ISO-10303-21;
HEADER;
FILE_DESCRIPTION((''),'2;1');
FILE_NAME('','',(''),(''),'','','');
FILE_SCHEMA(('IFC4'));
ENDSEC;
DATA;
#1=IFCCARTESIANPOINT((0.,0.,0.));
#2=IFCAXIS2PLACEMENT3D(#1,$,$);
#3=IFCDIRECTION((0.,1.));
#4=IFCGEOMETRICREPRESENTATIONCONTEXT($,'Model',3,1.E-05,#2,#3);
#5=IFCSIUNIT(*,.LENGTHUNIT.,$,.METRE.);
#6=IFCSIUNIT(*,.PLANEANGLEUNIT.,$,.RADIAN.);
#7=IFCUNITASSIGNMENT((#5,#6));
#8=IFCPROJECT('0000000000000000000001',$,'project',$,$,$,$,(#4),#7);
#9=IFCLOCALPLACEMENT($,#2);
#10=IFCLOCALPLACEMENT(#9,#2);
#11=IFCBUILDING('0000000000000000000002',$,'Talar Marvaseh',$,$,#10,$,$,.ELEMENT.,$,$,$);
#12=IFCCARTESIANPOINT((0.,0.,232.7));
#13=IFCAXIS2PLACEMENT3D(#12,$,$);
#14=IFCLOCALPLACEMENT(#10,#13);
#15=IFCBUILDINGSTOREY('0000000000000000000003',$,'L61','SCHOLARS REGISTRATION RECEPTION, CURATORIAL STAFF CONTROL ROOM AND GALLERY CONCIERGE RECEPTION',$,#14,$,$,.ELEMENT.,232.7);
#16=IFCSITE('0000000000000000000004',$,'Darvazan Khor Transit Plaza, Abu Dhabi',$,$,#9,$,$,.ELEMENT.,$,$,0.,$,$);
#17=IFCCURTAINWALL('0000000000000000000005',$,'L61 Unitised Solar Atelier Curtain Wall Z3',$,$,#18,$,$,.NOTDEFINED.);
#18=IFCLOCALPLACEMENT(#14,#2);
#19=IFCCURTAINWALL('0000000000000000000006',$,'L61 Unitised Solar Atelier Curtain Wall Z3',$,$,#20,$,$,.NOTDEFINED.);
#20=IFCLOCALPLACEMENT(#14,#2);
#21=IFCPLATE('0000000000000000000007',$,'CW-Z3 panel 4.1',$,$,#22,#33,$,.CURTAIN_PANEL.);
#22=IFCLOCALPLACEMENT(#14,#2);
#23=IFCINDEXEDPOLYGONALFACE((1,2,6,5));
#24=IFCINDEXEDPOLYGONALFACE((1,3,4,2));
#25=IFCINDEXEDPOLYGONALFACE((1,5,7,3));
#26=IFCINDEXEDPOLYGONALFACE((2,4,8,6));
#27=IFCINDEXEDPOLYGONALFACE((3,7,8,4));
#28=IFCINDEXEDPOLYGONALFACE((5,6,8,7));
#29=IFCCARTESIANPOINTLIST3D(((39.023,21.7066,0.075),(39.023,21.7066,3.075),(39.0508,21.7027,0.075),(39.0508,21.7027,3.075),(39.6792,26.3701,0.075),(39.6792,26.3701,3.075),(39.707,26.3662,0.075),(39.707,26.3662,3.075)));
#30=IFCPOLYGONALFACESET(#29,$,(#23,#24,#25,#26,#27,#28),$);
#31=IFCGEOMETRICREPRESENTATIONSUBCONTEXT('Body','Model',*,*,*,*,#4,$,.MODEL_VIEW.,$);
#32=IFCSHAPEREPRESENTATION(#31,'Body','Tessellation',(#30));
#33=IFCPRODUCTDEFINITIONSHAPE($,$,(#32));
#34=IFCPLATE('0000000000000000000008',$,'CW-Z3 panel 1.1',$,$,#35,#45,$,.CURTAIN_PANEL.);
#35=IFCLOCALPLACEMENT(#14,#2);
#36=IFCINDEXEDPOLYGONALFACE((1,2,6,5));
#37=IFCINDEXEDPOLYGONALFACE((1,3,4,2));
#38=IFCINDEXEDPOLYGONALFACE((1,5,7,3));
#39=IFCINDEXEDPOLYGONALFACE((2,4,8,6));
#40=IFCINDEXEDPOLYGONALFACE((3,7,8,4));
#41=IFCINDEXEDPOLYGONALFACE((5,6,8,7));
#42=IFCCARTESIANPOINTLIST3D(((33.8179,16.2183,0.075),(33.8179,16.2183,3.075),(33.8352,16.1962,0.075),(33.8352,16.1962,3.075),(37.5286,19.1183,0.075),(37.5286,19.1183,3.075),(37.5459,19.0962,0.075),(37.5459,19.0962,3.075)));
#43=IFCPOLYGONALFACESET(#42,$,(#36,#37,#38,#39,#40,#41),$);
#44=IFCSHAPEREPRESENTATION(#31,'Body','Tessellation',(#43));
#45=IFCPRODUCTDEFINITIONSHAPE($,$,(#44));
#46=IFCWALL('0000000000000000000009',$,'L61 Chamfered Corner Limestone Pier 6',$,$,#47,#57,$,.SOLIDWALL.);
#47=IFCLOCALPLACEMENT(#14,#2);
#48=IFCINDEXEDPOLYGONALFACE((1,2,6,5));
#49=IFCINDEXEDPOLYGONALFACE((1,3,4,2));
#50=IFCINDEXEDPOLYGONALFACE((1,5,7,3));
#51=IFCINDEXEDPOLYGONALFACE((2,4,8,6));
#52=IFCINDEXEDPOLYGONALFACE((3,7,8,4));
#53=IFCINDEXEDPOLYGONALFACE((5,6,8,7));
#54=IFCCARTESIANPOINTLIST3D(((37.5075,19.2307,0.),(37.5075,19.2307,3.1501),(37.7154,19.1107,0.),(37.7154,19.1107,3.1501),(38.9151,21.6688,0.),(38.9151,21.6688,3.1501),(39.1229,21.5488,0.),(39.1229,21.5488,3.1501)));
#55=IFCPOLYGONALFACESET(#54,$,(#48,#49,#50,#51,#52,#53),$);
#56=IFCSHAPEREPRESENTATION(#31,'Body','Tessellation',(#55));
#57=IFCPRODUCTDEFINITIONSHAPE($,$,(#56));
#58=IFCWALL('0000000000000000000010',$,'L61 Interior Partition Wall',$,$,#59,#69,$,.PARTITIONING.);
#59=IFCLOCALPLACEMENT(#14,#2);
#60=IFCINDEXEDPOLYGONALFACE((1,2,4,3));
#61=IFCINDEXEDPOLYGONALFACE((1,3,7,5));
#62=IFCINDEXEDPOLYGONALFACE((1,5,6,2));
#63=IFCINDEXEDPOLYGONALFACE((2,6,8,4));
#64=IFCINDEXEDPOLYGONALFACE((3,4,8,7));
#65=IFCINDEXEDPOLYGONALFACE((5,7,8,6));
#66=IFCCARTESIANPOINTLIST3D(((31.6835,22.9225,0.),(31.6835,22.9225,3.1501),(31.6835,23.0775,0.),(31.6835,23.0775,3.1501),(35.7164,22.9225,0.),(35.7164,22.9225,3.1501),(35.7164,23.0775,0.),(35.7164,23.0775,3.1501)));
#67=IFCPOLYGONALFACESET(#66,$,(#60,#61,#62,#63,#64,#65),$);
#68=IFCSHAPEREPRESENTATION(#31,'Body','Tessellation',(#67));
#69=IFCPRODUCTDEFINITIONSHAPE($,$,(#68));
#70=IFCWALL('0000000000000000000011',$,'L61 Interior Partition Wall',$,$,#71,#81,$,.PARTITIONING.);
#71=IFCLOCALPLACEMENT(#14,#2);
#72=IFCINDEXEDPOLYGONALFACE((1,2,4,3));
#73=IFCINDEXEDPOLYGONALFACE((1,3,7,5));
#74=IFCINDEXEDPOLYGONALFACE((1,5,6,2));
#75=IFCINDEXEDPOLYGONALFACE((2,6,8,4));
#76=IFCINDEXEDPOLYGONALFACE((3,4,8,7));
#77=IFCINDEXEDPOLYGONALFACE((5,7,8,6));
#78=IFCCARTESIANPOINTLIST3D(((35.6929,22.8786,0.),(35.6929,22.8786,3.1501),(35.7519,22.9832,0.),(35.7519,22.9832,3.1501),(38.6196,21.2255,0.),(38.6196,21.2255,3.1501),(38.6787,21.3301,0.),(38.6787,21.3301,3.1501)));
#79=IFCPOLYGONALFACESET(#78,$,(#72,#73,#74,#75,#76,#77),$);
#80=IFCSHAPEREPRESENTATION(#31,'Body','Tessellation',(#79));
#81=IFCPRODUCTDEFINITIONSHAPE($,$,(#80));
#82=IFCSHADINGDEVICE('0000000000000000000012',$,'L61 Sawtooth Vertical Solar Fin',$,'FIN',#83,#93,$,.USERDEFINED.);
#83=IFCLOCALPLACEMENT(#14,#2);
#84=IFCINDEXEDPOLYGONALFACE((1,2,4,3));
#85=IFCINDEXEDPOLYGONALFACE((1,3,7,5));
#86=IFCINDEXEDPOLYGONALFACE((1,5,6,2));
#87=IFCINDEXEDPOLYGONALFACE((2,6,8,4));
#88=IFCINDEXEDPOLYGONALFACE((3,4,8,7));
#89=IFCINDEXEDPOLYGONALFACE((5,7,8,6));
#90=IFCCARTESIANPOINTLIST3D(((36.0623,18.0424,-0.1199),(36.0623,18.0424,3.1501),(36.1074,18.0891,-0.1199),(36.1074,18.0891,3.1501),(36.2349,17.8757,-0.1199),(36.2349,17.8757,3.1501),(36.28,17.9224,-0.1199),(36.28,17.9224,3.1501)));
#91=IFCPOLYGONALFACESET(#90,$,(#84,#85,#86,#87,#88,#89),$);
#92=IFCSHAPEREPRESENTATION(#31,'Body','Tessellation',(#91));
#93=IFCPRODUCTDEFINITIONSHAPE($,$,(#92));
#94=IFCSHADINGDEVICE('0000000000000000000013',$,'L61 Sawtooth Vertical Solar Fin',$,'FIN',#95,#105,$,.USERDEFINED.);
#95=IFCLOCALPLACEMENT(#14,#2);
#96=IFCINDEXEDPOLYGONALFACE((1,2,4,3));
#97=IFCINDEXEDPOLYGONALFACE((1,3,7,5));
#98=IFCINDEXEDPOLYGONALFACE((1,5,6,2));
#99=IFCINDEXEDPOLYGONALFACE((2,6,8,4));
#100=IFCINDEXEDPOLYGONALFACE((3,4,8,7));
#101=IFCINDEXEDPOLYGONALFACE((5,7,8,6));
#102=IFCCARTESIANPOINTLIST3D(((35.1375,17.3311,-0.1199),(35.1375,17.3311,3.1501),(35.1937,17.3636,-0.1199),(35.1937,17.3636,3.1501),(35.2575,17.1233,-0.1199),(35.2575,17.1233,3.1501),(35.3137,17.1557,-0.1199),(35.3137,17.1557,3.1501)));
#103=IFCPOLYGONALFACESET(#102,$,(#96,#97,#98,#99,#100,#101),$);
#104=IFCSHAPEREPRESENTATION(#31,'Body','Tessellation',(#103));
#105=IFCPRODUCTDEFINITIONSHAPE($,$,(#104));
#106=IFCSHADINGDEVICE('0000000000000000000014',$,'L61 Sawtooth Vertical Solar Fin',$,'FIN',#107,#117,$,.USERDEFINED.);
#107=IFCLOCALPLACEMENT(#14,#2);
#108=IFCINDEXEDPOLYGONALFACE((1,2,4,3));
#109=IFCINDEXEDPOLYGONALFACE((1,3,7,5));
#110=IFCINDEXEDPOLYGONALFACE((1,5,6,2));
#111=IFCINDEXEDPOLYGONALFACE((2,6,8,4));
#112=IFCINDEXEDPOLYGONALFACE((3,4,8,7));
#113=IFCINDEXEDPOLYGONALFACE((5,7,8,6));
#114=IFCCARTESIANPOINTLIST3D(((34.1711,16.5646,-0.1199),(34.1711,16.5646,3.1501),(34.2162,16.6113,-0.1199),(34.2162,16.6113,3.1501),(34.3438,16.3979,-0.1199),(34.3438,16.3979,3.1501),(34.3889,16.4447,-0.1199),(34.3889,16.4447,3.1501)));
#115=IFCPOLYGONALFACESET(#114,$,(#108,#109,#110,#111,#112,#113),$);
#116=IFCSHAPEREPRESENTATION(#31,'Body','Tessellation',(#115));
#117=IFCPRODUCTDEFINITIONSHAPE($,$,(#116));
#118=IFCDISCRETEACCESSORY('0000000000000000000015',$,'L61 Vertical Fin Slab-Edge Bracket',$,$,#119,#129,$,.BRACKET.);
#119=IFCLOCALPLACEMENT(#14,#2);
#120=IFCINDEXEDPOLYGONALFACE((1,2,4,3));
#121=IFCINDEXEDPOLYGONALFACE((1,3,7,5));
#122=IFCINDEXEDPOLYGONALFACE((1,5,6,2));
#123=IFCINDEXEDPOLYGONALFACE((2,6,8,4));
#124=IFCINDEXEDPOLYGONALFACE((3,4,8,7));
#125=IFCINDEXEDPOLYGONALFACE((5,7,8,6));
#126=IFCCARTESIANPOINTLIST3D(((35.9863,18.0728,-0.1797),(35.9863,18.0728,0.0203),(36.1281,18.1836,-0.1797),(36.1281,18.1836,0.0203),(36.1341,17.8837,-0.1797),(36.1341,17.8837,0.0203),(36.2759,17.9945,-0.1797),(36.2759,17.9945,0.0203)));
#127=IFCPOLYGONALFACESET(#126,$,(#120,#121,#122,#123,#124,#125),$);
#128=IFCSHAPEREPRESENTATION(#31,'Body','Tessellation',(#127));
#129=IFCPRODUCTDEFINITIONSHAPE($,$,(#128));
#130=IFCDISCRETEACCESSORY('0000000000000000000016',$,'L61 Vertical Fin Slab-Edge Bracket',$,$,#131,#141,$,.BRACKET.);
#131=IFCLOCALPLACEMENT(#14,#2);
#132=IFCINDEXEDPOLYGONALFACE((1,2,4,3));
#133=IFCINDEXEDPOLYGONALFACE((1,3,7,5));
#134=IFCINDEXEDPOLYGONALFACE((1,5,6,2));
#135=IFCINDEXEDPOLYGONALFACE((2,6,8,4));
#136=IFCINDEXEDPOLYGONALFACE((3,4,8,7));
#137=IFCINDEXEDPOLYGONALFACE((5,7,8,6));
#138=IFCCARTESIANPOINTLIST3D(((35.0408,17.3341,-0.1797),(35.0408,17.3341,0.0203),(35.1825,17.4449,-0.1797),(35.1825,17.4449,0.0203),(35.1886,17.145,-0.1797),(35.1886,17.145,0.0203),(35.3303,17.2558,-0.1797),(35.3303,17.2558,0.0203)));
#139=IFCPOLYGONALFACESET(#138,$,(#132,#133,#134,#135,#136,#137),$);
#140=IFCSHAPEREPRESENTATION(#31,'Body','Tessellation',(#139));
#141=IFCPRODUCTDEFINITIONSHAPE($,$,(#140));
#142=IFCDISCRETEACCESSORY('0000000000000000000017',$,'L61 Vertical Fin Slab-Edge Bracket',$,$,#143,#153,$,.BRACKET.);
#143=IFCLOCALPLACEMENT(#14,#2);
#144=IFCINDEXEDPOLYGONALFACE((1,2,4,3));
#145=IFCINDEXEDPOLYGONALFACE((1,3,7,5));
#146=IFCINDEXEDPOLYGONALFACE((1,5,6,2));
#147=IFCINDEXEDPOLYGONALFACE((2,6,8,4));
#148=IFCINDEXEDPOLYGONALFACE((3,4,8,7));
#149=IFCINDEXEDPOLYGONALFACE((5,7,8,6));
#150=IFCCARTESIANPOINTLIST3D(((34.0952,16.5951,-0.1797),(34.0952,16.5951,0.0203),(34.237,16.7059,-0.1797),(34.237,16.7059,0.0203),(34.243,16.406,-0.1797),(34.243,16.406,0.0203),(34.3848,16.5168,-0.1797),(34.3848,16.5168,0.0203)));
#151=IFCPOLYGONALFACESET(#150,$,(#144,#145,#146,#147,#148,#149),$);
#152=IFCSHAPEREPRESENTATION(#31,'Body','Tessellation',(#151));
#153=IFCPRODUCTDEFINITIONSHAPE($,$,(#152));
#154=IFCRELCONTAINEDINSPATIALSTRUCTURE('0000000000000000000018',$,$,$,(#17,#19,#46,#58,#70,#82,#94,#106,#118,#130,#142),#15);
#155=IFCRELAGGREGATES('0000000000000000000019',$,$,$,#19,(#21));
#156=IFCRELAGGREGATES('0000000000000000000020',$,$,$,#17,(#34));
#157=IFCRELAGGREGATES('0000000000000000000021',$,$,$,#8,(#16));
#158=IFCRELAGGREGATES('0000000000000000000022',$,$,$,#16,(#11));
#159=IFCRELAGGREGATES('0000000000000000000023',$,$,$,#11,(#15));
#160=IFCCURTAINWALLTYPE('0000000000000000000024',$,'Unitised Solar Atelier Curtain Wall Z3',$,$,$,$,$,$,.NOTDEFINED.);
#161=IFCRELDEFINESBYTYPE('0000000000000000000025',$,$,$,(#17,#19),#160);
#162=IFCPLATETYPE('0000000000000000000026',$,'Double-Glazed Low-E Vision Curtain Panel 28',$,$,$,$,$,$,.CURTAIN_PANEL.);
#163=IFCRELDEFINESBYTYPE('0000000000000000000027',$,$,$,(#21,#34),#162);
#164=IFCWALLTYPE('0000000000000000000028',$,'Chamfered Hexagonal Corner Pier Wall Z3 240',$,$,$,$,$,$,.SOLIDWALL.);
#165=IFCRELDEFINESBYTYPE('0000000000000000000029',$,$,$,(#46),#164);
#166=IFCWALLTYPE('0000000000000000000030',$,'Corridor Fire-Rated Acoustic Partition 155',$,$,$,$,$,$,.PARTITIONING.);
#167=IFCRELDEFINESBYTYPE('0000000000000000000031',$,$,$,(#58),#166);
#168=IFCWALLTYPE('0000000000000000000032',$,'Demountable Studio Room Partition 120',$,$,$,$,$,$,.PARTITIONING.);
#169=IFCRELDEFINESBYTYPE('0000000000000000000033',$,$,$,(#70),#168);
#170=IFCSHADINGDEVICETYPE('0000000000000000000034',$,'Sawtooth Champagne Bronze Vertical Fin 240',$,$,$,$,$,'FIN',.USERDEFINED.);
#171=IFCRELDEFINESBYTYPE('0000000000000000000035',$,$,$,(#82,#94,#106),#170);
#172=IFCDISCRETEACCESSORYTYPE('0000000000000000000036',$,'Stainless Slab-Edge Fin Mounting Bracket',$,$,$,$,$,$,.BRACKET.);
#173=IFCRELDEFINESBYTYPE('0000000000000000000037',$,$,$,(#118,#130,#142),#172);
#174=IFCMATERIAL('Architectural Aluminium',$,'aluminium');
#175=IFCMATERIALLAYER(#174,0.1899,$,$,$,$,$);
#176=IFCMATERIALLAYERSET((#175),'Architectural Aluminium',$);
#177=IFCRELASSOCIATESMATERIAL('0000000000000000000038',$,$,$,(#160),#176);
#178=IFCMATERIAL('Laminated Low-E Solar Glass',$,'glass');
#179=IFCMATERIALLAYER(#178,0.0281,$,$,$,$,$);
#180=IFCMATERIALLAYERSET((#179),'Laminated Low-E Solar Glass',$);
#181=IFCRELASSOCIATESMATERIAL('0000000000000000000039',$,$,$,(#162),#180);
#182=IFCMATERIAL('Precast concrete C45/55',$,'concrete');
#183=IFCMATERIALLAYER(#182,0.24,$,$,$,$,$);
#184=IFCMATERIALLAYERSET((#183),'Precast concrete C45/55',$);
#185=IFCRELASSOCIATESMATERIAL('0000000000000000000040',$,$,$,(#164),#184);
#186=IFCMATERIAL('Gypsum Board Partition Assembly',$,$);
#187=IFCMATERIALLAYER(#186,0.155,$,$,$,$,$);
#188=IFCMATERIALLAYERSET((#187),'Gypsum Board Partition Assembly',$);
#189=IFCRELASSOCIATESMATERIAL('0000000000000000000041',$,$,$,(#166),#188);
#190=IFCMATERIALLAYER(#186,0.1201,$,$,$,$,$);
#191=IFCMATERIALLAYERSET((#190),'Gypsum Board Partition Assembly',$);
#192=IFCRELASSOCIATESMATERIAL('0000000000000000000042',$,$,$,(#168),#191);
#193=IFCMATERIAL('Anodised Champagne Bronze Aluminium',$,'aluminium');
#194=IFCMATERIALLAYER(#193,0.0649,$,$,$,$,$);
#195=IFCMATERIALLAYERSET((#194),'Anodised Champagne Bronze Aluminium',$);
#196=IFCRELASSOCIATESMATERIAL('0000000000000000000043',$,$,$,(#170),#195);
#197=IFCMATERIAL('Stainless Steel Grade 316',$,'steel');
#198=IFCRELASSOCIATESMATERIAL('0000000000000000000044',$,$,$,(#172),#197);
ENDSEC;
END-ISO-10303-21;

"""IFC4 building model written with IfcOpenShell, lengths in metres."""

from ifc_helpers import new_model, si_unit, direction, frame, frame_2d, origin, origin_2d, place, context, subcontext, project, spatial, rectangle, extrude, source, transform, mapped, material, layer, layer_set, type_object, type_shapes, element, aggregate, save


model = new_model("IFC4")

# Units and contexts
model_context = context("Model", 3, precision=1e-05, world=origin(), true_north=direction((0.0, 1.0)))
body_context = subcontext(model_context, "Body", "Model", "MODEL_VIEW")
ifc_project = project(units=[si_unit("LENGTHUNIT", "METRE"), si_unit("PLANEANGLEUNIT", "RADIAN")], contexts=[model_context])

# Site, building, storey
site_placement = place(None, origin())
site = spatial("IfcSite", under=ifc_project, at=site_placement, Name="Darvazan Khor Transit Plaza, Abu Dhabi", CompositionType="ELEMENT", RefElevation=0.0)
building_placement = place(site_placement, origin())
building = spatial("IfcBuilding", under=site, at=building_placement, Name="Talar Marvaseh", CompositionType="ELEMENT")
storey_placement = place(building_placement, frame((0.0, 0.0, 232.7)))
storey = spatial("IfcBuildingStorey", under=building, at=storey_placement, Name="L61", Description="SCHOLARS REGISTRATION RECEPTION, CURATORIAL STAFF CONTROL ROOM AND GALLERY CONCIERGE RECEPTION", CompositionType="ELEMENT", Elevation=232.7)

# Curtain wall
ifc_material_1 = material(Name="Architectural Aluminium", Category="aluminium")
ifc_layer_1 = layer(ifc_material_1, 0.1899)
ifc_layer_set_1 = layer_set([ifc_layer_1], Name="Architectural Aluminium")
curtain_wall_type = type_object("IfcCurtainWallType", Name="Unitised Solar Atelier Curtain Wall Z3", PredefinedType="NOTDEFINED", material=ifc_layer_set_1)
curtain_wall_1_placement = place(storey_placement, origin())
curtain_wall_1 = element("IfcCurtainWall", 1, at=curtain_wall_1_placement, inside=storey, type_object=curtain_wall_type, Name="L61 Unitised Solar Atelier Curtain Wall Z3", PredefinedType="NOTDEFINED")

# Curtain wall
curtain_wall_2_placement = place(storey_placement, origin())
curtain_wall_2 = element("IfcCurtainWall", 2, at=curtain_wall_2_placement, inside=storey, type_object=curtain_wall_type, Name="L61 Unitised Solar Atelier Curtain Wall Z3", PredefinedType="NOTDEFINED")

# Plates
ifc_material_2 = material(Name="Laminated Low-E Solar Glass", Category="glass")
ifc_layer_2 = layer(ifc_material_2, 0.0281)
ifc_layer_set_2 = layer_set([ifc_layer_2], Name="Laminated Low-E Solar Glass")
plate_type = type_object("IfcPlateType", Name="Double-Glazed Low-E Vision Curtain Panel 28", PredefinedType="CURTAIN_PANEL", material=ifc_layer_set_2)
shared_shape_1 = source(origin(), body_context, "Body", "SweptSolid", [
    extrude(rectangle(XDim=4.7095, YDim=0.0281, at=origin_2d()), origin(), (0.0, 0.0, 1.0), 3.0),
])
type_shapes(plate_type, [shared_shape_1])
plate_1_placement = place(storey_placement, frame((39.365, 24.0364, 0.075), z_axis=(0.0, 0.0, 1.0), x_axis=(-0.139323, -0.990247, 0.0)))
plate_1 = element("IfcPlate", 3, at=plate_1_placement, type_object=plate_type, Name="CW-Z3 panel 4.1", PredefinedType="CURTAIN_PANEL", context=body_context, shape_type="MappedRepresentation", body=[
    mapped(shared_shape_1, transform((0.0, 0.0, 0.0), x_axis=(1.0, 0.0, 0.0), y_axis=(0.0, 1.0, 0.0), z_axis=(0.0, 0.0, 1.0), scale=1.0)),
])
aggregate(curtain_wall_2, [plate_1])
plate_2_placement = place(storey_placement, frame((35.6819, 17.6572, 0.075), z_axis=(0.0, 0.0, 1.0), x_axis=(-0.787915, -0.615784, 0.0)))
plate_2 = element("IfcPlate", 4, at=plate_2_placement, type_object=plate_type, Name="CW-Z3 panel 1.1", PredefinedType="CURTAIN_PANEL", context=body_context, shape_type="MappedRepresentation", body=[
    mapped(shared_shape_1, transform((0.0, 0.0, 0.0), x_axis=(1.0, 0.0, 0.0), y_axis=(0.0, 1.0, 0.0), z_axis=(0.0, 0.0, 1.0), scale=1.0)),
])
aggregate(curtain_wall_1, [plate_2])

# Walls
ifc_material_3 = material(Name="Precast concrete C45/55", Category="concrete")
ifc_layer_3 = layer(ifc_material_3, 0.24)
ifc_layer_set_3 = layer_set([ifc_layer_3], Name="Precast concrete C45/55")
wall_type_1 = type_object("IfcWallType", Name="Chamfered Hexagonal Corner Pier Wall Z3 240", PredefinedType="SOLIDWALL", material=ifc_layer_set_3)
wall_1_placement = place(storey_placement, frame((39.019, 21.6089, 0.0), z_axis=(0.0, 0.0, 1.0), x_axis=(-0.499973, -0.866041, 0.0)))
element("IfcWall", 5, at=wall_1_placement, inside=storey, type_object=wall_type_1, Name="L61 Chamfered Corner Limestone Pier 6", PredefinedType="SOLIDWALL", context=body_context, shape_type="SweptSolid", body=[
    extrude(rectangle(XDim=2.8152, YDim=0.24, at=frame_2d((1.4077, 0.0))), origin(), (0.0, 0.0, 1.0), 3.1501),
])
ifc_material_4 = material(Name="Gypsum Board Partition Assembly")
ifc_layer_4 = layer(ifc_material_4, 0.155)
ifc_layer_set_4 = layer_set([ifc_layer_4], Name="Gypsum Board Partition Assembly")
wall_type_2 = type_object("IfcWallType", Name="Corridor Fire-Rated Acoustic Partition 155", PredefinedType="PARTITIONING", material=ifc_layer_set_4)
wall_2_placement = place(storey_placement, frame((35.7166, 23.0, 0.0), z_axis=(0.0, 0.0, 1.0), x_axis=(-1.0, 0.0, 0.0)))
element("IfcWall", 6, at=wall_2_placement, inside=storey, type_object=wall_type_2, Name="L61 Interior Partition Wall", PredefinedType="PARTITIONING", context=body_context, shape_type="SweptSolid", body=[
    extrude(rectangle(XDim=4.033, YDim=0.155, at=frame_2d((2.0166, 0.0))), origin(), (0.0, 0.0, 1.0), 3.1501),
])
ifc_layer_5 = layer(ifc_material_4, 0.1201)
ifc_layer_set_5 = layer_set([ifc_layer_5], Name="Gypsum Board Partition Assembly")
wall_type_3 = type_object("IfcWallType", Name="Demountable Studio Room Partition 120", PredefinedType="PARTITIONING", material=ifc_layer_set_5)
wall_3_placement = place(storey_placement, frame((35.7224, 22.9309, 0.0), z_axis=(0.0, 0.0, 1.0), x_axis=(0.870713, -0.491792, 0.0)))
element("IfcWall", 7, at=wall_3_placement, inside=storey, type_object=wall_type_3, Name="L61 Interior Partition Wall", PredefinedType="PARTITIONING", context=body_context, shape_type="SweptSolid", body=[
    extrude(rectangle(XDim=3.3613, YDim=0.1201, at=frame_2d((1.6807, 0.0))), origin(), (0.0, 0.0, 1.0), 3.1501),
])

# Shading devices
ifc_material_5 = material(Name="Anodised Champagne Bronze Aluminium", Category="aluminium")
ifc_layer_6 = layer(ifc_material_5, 0.0649)
ifc_layer_set_6 = layer_set([ifc_layer_6], Name="Anodised Champagne Bronze Aluminium")
shading_device_type = type_object("IfcShadingDeviceType", Name="Sawtooth Champagne Bronze Vertical Fin 240", ElementType="FIN", PredefinedType="USERDEFINED", material=ifc_layer_set_6)
shared_shape_2 = source(origin(), body_context, "Body", "SweptSolid", [
    extrude(rectangle(XDim=0.24, YDim=0.0649, at=origin_2d()), origin(), (0.0, 0.0, 1.0), 3.27),
])
type_shapes(shading_device_type, [shared_shape_2])
for number, where, z_axis, x_axis, name in (
    (8, (36.1711, 17.9824, -0.1199), (0.0, 0.0, 1.0), (0.719461, -0.694533, 0.0), "L61 Sawtooth Vertical Solar Fin"),
    (9, (35.2256, 17.2434, -0.1199), (0.0, 0.0, 1.0), (0.500151, -0.865938, 0.0), "L61 Sawtooth Vertical Solar Fin"),
    (10, (34.28, 16.5046, -0.1199), (0.0, 0.0, 1.0), (0.719461, -0.694533, 0.0), "L61 Sawtooth Vertical Solar Fin"),
):
    element("IfcShadingDevice", number, at=place(storey_placement, frame(where, z_axis=z_axis, x_axis=x_axis)), inside=storey, type_object=shading_device_type, Name=name, ObjectType="FIN", PredefinedType="USERDEFINED", context=body_context, shape_type="MappedRepresentation", body=[
        mapped(shared_shape_2, transform((0.0, 0.0, 0.0), x_axis=(1.0, 0.0, 0.0), y_axis=(0.0, 1.0, 0.0), z_axis=(0.0, 0.0, 1.0), scale=1.0)),
    ])

# Discrete accessories
ifc_material_6 = material(Name="Stainless Steel Grade 316", Category="steel")
discrete_accessory_type = type_object("IfcDiscreteAccessoryType", Name="Stainless Slab-Edge Fin Mounting Bracket", PredefinedType="BRACKET", material=ifc_material_6)
shared_shape_3 = source(origin(), body_context, "Body", "SweptSolid", [
    extrude(rectangle(XDim=0.24, YDim=0.1799, at=origin_2d()), origin(), (0.0, 0.0, 1.0), 0.2),
])
type_shapes(discrete_accessory_type, [shared_shape_3])
for number, where, z_axis, x_axis, name in (
    (11, (36.1311, 18.0337, -0.1797), (0.0, 0.0, 1.0), (0.615799, -0.787903, 0.0), "L61 Vertical Fin Slab-Edge Bracket"),
    (12, (35.1855, 17.2949, -0.1797), (0.0, 0.0, 1.0), (0.615799, -0.787903, 0.0), "L61 Vertical Fin Slab-Edge Bracket"),
    (13, (34.24, 16.5559, -0.1797), (0.0, 0.0, 1.0), (0.615799, -0.787903, 0.0), "L61 Vertical Fin Slab-Edge Bracket"),
):
    element("IfcDiscreteAccessory", number, at=place(storey_placement, frame(where, z_axis=z_axis, x_axis=x_axis)), inside=storey, type_object=discrete_accessory_type, Name=name, PredefinedType="BRACKET", context=body_context, shape_type="MappedRepresentation", body=[
        mapped(shared_shape_3, transform((0.0, 0.0, 0.0), x_axis=(1.0, 0.0, 0.0), y_axis=(0.0, 1.0, 0.0), z_axis=(0.0, 0.0, 1.0), scale=1.0)),
    ])

save(model, "model.ifc")
